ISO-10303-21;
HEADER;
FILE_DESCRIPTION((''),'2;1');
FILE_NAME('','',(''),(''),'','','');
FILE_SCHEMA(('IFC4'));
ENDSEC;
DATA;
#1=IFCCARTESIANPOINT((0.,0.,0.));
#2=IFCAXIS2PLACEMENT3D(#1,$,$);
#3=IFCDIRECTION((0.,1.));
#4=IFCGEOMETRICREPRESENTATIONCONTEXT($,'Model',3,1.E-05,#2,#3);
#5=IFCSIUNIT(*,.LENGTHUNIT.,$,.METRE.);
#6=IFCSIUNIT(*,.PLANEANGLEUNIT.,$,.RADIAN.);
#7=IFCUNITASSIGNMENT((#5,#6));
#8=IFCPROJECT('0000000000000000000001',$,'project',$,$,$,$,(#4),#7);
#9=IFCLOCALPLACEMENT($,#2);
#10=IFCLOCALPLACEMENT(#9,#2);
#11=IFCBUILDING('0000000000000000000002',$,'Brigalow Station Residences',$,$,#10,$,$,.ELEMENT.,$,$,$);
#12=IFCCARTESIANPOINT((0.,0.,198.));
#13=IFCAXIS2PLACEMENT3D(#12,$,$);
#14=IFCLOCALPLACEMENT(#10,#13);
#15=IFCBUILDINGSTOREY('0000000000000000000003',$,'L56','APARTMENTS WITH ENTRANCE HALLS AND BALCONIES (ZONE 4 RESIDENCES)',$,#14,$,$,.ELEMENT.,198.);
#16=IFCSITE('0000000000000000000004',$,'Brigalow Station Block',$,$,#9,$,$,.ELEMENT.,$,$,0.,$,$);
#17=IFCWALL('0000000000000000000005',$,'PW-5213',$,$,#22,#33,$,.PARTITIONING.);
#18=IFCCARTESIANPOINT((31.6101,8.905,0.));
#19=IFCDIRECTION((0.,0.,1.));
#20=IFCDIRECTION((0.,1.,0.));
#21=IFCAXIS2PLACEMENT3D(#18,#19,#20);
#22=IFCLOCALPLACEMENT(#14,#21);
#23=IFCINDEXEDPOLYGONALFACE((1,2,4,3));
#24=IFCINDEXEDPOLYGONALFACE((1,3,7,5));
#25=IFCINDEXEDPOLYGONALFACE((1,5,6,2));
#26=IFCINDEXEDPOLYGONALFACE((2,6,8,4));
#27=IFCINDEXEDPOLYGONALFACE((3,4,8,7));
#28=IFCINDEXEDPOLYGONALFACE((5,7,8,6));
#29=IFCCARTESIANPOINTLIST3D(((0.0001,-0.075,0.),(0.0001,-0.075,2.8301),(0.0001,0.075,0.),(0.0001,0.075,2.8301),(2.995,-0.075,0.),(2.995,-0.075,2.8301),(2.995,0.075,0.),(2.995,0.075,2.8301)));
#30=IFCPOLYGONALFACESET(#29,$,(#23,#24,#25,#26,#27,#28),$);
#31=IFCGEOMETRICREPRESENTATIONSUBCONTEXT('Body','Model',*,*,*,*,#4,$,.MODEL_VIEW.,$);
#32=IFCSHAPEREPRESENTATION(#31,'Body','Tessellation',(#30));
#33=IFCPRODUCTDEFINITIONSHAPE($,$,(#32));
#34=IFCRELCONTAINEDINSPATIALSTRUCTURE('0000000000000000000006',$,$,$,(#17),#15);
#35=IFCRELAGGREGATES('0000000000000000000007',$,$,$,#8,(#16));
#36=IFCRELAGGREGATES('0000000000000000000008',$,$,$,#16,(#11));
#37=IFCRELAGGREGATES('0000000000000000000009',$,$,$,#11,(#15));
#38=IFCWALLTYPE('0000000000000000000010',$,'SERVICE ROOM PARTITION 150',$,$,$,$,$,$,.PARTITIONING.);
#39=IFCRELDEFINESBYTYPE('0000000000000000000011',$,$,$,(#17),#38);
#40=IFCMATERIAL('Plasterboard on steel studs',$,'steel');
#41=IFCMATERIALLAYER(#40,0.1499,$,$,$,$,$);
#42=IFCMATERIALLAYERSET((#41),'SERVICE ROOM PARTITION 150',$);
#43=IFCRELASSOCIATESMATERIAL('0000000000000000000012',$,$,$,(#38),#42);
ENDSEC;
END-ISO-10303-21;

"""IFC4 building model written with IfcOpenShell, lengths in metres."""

from ifc_helpers import new_model, si_unit, direction, frame, frame_2d, origin, place, context, subcontext, project, spatial, rectangle, extrude, material, layer, layer_set, type_object, element, save


model = new_model("IFC4")

# Units and contexts
model_context = context("Model", 3, precision=1e-05, world=origin(), true_north=direction((0.0, 1.0)))
body_context = subcontext(model_context, "Body", "Model", "MODEL_VIEW")
ifc_project = project(units=[si_unit("LENGTHUNIT", "METRE"), si_unit("PLANEANGLEUNIT", "RADIAN")], contexts=[model_context])

# Site, building, storey
site_placement = place(None, origin())
site = spatial("IfcSite", under=ifc_project, at=site_placement, Name="Brigalow Station Block", CompositionType="ELEMENT", RefElevation=0.0)
building_placement = place(site_placement, origin())
building = spatial("IfcBuilding", under=site, at=building_placement, Name="Brigalow Station Residences", CompositionType="ELEMENT")
storey_placement = place(building_placement, frame((0.0, 0.0, 198.0)))
storey = spatial("IfcBuildingStorey", under=building, at=storey_placement, Name="L56", Description="APARTMENTS WITH ENTRANCE HALLS AND BALCONIES (ZONE 4 RESIDENCES)", CompositionType="ELEMENT", Elevation=198.0)

# Shared definitions
ifc_material_1 = material(Name="Plasterboard on steel studs", Category="steel")
ifc_layer_1 = layer(ifc_material_1, 0.1499)
ifc_layer_set_1 = layer_set([ifc_layer_1], Name="SERVICE ROOM PARTITION 150")
wall_type_1 = type_object("IfcWallType", Name="SERVICE ROOM PARTITION 150", PredefinedType="PARTITIONING", material=ifc_layer_set_1)

# Wall
wall_1_placement = place(storey_placement, frame((31.6101, 8.905, 0.0), z_axis=(0.0, 0.0, 1.0), x_axis=(0.0, 1.0, 0.0)))
element("IfcWall", 1, at=wall_1_placement, inside=storey, type_object=wall_type_1, Name="PW-5213", PredefinedType="PARTITIONING", context=body_context, shape_type="SweptSolid", body=[
    extrude(rectangle(XDim=2.9949, YDim=0.1499, at=frame_2d((1.4976, 0.0))), origin(), (0.0, 0.0, 1.0), 2.8301),
])

save(model, "model.ifc")
